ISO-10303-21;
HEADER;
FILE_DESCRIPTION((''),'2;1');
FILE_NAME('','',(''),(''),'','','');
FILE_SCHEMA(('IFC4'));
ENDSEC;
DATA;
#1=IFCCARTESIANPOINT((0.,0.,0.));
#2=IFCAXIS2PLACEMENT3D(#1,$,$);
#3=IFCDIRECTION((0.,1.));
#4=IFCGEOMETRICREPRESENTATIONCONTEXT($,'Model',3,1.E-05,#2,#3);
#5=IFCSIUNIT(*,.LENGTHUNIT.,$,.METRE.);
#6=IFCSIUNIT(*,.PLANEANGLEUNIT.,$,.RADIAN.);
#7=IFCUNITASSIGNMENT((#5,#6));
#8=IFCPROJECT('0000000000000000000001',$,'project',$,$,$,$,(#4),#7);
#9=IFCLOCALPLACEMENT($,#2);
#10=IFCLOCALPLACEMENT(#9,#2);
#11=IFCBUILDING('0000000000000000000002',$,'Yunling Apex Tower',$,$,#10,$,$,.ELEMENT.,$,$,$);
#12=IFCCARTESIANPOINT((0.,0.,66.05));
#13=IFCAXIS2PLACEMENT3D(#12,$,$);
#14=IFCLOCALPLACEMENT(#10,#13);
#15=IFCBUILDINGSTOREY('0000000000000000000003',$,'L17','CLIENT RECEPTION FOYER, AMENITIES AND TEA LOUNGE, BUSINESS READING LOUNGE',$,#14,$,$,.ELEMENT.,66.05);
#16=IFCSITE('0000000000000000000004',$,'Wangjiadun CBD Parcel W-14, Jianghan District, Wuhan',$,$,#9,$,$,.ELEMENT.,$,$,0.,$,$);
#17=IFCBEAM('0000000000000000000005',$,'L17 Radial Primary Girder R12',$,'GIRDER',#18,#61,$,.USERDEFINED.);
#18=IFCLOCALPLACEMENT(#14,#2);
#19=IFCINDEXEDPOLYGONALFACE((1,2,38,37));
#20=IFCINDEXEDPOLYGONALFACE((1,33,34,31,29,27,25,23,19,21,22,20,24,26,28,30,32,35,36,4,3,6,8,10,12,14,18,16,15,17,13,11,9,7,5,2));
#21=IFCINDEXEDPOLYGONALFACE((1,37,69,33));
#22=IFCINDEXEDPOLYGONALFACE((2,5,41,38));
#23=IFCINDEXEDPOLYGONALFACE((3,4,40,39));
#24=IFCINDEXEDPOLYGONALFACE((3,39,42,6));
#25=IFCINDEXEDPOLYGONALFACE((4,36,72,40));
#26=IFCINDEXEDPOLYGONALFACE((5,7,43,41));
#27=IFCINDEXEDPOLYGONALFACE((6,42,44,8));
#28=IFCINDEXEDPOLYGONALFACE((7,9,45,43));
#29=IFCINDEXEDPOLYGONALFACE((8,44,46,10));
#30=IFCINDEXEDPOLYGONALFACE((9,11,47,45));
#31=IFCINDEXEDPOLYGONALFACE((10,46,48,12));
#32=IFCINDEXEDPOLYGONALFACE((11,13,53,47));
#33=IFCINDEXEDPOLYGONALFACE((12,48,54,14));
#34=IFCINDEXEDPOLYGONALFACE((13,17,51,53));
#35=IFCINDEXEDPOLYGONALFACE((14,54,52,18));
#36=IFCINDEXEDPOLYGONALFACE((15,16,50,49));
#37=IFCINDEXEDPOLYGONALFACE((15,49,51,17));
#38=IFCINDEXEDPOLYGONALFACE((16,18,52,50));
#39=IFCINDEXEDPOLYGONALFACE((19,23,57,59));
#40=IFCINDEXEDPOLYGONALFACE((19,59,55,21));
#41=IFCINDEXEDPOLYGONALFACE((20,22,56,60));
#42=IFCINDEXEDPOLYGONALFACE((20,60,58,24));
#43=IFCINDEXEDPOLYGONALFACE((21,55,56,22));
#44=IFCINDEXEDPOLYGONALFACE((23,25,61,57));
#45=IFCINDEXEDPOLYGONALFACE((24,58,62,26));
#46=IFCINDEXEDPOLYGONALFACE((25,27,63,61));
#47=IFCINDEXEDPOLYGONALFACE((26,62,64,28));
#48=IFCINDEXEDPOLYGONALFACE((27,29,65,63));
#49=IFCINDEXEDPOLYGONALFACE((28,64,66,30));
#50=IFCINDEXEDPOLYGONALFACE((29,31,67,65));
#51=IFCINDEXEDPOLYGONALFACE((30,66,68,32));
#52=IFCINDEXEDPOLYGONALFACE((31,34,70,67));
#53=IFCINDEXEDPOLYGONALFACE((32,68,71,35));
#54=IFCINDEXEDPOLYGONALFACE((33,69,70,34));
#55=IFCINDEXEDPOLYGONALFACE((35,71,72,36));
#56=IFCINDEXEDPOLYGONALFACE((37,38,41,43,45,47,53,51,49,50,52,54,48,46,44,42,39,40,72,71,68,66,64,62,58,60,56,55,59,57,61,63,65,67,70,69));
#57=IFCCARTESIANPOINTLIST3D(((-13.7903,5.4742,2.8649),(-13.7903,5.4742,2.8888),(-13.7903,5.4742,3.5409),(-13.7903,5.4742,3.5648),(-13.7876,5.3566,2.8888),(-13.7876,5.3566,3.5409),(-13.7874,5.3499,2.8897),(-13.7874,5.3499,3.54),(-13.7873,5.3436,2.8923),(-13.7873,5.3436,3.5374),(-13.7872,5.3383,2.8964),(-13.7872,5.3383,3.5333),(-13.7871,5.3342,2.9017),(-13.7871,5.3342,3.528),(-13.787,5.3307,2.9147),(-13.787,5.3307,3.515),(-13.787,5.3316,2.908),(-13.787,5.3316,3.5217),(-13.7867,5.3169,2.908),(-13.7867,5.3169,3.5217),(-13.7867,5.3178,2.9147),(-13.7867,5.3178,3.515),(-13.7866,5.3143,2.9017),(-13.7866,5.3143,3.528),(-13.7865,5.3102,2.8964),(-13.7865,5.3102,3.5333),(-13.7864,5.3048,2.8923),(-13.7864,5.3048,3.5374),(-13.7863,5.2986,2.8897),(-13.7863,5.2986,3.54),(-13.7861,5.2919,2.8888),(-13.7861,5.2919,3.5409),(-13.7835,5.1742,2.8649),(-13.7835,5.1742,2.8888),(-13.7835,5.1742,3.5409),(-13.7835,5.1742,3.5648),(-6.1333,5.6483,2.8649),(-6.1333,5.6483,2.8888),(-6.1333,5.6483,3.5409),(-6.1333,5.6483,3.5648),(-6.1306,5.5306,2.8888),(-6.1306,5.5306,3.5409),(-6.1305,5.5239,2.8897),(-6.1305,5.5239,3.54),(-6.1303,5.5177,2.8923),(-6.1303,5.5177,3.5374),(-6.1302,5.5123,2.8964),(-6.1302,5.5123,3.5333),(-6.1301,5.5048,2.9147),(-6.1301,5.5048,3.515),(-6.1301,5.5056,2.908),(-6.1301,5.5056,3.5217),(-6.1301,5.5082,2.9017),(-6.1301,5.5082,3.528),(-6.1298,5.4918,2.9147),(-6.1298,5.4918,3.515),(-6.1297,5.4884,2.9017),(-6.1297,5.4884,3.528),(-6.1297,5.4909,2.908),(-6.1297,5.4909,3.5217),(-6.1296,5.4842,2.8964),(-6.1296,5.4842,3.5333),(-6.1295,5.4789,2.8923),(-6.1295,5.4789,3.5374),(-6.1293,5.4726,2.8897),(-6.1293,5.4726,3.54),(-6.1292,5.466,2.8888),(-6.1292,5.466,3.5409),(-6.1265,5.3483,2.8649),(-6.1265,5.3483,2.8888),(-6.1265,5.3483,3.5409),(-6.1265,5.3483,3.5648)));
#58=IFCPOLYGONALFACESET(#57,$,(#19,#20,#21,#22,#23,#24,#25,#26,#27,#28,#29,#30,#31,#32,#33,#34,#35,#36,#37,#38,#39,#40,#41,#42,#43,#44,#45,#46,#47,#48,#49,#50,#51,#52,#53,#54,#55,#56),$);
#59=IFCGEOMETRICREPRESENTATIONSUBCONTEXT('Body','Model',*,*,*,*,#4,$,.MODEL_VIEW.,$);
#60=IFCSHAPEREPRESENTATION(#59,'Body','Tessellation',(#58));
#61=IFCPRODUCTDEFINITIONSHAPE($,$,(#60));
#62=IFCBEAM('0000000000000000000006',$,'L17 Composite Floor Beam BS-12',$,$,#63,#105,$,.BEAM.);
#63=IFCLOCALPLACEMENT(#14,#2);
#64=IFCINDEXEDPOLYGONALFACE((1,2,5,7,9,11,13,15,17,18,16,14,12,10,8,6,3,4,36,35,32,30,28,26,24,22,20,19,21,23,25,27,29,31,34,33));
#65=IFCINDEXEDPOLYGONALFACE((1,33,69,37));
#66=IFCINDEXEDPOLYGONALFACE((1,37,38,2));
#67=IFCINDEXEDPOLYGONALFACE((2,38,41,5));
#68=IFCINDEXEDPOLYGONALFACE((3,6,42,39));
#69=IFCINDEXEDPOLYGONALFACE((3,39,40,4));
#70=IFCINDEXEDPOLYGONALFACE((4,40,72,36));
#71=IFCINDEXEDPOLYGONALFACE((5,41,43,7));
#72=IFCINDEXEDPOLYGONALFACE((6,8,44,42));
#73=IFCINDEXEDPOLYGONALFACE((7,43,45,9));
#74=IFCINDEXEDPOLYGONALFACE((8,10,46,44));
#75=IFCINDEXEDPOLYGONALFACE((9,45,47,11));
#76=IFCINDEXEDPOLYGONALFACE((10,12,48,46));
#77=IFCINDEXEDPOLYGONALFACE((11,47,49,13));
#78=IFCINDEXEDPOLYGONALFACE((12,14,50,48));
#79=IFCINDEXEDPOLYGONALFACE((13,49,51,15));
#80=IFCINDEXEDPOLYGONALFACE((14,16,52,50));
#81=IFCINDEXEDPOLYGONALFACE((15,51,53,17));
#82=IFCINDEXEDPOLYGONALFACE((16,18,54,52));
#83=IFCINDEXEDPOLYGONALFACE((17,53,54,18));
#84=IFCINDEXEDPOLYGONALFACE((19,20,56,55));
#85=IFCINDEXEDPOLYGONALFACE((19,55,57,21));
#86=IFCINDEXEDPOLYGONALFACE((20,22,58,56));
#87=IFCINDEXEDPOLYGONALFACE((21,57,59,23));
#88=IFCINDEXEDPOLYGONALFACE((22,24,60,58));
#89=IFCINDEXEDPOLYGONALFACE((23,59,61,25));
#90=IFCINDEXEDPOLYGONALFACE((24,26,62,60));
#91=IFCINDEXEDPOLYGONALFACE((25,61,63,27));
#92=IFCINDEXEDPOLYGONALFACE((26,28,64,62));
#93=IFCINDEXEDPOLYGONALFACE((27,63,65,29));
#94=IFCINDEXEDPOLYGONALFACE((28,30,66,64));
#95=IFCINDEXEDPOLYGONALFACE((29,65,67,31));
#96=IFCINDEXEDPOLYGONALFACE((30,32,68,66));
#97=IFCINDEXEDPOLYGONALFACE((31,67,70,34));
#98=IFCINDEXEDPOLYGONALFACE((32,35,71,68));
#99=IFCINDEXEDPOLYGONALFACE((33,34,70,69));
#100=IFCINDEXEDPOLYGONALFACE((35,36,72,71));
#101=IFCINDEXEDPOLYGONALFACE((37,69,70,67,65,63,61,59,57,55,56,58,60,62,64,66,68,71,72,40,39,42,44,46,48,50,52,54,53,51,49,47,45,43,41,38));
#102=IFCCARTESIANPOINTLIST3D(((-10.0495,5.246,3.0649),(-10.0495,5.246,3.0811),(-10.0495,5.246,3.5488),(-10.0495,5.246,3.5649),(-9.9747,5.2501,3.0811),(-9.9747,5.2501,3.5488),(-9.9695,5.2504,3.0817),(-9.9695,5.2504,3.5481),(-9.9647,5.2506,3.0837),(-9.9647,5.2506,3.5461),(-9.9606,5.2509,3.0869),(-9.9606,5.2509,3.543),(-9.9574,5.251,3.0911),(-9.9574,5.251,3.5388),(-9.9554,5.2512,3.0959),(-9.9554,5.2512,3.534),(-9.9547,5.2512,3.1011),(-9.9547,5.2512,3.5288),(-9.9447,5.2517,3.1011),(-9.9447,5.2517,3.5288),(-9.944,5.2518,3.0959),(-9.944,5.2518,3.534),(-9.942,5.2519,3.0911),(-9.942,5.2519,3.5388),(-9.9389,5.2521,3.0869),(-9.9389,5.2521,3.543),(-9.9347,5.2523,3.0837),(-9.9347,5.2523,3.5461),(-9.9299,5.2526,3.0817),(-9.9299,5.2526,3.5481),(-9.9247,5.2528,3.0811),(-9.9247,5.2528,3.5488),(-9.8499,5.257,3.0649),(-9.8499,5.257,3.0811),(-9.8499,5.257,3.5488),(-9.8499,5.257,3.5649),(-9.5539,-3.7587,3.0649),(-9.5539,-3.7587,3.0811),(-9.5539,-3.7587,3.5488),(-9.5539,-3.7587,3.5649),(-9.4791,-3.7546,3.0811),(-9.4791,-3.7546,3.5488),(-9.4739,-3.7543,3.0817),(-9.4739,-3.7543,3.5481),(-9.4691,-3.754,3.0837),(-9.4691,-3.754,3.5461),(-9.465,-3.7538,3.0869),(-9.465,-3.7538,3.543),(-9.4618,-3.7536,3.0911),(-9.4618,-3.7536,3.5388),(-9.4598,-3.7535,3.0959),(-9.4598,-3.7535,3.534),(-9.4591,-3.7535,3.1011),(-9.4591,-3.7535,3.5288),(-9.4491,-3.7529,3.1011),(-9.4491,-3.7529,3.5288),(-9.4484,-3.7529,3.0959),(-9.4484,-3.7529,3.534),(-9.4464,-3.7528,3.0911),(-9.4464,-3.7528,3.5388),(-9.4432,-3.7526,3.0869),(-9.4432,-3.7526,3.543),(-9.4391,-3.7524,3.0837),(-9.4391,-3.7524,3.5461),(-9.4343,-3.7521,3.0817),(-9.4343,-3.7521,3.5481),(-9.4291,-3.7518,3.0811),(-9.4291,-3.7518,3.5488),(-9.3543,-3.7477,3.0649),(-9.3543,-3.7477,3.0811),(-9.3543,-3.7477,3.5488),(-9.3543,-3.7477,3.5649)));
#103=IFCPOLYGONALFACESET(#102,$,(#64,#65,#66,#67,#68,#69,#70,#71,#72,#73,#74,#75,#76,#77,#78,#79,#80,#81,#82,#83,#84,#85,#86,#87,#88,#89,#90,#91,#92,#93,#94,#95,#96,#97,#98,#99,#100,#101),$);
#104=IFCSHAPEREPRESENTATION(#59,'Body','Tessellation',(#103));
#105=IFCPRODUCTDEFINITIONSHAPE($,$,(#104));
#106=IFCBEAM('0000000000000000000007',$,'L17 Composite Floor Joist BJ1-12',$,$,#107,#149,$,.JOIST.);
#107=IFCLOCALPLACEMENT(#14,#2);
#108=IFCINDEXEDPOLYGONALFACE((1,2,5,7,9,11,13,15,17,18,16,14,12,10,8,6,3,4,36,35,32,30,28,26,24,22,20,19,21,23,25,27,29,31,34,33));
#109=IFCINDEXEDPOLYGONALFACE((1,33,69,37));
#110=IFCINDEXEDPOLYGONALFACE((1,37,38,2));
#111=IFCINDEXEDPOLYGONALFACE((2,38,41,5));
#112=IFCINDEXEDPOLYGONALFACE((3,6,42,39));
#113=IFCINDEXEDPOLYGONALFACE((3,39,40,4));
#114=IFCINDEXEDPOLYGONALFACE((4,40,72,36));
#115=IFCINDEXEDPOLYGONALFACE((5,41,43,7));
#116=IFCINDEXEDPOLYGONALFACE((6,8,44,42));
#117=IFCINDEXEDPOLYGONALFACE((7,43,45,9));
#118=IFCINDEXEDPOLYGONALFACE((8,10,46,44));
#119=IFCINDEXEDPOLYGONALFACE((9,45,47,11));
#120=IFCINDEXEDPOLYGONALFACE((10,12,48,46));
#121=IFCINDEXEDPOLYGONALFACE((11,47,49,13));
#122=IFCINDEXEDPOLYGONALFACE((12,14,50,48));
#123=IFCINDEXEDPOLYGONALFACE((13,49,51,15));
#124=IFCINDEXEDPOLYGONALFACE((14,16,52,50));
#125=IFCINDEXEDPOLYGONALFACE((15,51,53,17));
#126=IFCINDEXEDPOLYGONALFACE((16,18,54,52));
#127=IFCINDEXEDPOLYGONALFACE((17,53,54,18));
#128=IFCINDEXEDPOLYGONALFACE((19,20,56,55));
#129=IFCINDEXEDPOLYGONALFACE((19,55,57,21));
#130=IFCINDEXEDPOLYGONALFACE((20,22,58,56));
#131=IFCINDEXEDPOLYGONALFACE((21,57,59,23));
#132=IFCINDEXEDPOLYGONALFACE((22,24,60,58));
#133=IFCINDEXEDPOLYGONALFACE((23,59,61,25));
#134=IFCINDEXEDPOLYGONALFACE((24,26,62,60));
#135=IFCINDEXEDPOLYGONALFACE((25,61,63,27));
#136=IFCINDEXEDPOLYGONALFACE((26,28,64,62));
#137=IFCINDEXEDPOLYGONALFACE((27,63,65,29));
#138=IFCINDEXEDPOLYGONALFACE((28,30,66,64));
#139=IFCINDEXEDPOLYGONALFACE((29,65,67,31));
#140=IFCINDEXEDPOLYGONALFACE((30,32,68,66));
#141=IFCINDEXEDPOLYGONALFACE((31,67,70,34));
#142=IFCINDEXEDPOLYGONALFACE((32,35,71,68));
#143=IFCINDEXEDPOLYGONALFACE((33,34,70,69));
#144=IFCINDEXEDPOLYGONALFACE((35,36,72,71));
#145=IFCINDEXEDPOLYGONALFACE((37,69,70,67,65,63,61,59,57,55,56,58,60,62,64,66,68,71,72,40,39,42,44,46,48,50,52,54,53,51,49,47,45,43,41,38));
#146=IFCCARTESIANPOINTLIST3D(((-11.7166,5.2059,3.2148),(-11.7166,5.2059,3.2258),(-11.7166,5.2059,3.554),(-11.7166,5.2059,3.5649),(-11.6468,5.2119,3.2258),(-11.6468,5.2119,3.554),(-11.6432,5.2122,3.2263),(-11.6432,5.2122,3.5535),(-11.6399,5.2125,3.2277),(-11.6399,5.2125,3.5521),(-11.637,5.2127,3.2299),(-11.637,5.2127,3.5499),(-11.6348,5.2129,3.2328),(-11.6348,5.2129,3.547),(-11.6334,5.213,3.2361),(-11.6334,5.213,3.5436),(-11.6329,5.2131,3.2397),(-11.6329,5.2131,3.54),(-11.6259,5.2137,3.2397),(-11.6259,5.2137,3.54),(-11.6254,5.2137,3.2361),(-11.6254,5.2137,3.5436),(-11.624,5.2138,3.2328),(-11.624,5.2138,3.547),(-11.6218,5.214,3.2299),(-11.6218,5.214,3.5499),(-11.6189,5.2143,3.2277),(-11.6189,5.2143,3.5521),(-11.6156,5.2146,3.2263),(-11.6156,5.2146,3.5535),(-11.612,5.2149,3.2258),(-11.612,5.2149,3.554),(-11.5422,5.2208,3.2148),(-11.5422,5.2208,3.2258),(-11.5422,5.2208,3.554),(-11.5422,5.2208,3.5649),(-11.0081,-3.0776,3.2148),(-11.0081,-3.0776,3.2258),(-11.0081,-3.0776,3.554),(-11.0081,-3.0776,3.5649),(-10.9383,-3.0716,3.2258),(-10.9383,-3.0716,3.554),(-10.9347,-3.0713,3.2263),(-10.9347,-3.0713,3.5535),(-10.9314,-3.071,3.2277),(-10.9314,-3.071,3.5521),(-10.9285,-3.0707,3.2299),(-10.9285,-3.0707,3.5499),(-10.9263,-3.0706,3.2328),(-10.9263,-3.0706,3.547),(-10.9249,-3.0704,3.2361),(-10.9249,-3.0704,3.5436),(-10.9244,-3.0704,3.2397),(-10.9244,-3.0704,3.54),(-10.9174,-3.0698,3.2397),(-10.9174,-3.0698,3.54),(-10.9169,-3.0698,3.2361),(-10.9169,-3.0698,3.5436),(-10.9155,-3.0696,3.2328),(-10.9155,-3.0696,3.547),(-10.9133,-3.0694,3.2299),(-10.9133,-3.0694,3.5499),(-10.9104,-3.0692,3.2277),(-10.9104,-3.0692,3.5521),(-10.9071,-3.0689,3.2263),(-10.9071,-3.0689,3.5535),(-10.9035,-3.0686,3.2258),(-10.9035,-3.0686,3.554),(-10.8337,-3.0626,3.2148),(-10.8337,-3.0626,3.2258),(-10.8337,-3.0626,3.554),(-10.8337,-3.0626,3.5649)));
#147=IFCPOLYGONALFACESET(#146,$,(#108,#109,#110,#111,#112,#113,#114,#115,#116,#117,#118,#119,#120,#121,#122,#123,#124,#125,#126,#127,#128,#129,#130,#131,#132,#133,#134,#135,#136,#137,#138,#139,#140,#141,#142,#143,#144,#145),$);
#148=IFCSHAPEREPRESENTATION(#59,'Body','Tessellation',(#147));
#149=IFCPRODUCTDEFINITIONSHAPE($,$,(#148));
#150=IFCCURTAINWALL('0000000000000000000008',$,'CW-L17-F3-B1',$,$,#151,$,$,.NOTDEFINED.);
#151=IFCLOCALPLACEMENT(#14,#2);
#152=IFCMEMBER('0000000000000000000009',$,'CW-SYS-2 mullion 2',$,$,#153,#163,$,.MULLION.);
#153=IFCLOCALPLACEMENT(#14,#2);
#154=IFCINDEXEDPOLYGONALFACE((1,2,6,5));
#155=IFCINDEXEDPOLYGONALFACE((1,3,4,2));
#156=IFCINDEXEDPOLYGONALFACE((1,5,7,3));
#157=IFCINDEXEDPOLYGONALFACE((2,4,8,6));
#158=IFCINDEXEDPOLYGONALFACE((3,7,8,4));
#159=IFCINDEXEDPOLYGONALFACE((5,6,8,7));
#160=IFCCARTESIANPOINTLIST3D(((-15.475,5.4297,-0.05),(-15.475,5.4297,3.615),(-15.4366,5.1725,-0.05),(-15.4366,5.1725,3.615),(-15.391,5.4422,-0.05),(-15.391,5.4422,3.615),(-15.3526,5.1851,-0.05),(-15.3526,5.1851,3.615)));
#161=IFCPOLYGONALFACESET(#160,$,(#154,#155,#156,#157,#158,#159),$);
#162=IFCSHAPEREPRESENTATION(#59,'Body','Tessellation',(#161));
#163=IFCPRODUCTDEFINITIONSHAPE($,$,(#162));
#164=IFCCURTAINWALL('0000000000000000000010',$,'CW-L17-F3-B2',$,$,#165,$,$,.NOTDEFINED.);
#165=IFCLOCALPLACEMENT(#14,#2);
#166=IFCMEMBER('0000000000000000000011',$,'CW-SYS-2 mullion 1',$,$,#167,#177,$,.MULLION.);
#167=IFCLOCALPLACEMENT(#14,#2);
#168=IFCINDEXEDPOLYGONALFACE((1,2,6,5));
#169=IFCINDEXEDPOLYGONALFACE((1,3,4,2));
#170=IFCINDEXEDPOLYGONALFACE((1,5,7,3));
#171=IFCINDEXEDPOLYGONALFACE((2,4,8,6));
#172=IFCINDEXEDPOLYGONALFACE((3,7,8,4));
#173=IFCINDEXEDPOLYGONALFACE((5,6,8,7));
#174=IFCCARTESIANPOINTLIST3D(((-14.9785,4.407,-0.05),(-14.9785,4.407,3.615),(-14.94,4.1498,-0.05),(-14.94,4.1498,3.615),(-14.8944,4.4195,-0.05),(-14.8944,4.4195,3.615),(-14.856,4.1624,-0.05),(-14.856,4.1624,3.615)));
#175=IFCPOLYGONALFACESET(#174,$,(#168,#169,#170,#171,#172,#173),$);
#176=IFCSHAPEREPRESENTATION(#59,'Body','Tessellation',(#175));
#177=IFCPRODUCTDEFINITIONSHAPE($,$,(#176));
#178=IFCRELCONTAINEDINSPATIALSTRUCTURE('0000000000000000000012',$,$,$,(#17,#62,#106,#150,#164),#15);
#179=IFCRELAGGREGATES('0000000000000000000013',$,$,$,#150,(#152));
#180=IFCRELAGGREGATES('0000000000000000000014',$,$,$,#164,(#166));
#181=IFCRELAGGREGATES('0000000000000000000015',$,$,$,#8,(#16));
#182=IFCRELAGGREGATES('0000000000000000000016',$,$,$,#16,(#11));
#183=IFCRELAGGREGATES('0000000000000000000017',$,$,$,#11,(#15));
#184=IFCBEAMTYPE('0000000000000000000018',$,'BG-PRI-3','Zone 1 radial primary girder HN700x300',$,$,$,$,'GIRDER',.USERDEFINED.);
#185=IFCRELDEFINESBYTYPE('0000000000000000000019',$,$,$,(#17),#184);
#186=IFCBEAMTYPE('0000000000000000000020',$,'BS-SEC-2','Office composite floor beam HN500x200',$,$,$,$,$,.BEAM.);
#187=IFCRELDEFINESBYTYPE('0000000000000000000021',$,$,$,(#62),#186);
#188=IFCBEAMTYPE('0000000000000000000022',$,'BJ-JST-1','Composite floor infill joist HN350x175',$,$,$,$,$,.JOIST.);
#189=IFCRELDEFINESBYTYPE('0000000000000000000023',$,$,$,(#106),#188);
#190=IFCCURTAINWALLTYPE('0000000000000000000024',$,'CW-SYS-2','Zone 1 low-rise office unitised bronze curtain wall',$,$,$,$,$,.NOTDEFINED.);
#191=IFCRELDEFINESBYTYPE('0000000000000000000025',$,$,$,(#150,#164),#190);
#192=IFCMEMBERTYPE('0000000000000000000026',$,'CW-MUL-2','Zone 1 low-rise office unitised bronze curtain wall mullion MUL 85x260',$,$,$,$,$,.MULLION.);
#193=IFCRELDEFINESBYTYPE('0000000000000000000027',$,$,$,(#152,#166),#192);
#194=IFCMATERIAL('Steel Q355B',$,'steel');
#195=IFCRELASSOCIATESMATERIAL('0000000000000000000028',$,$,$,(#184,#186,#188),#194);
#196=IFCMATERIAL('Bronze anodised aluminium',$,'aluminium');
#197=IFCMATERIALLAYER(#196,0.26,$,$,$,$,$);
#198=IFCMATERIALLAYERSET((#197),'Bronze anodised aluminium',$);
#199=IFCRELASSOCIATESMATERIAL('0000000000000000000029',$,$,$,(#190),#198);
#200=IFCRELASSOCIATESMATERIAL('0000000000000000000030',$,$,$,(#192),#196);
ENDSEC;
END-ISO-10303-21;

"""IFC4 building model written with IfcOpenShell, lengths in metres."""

from ifc_helpers import new_model, si_unit, direction, frame, origin, origin_2d, place, context, subcontext, project, spatial, rectangle, i_section, extrude, source, transform, mapped, material, layer, layer_set, material_profile, profile_set, type_object, element, aggregate, save


model = new_model("IFC4")

# Units and contexts
model_context = context("Model", 3, precision=1e-05, world=origin(), true_north=direction((0.0, 1.0)))
body_context = subcontext(model_context, "Body", "Model", "MODEL_VIEW")
ifc_project = project(units=[si_unit("LENGTHUNIT", "METRE"), si_unit("PLANEANGLEUNIT", "RADIAN")], contexts=[model_context])

# Site, building, storey
site_placement = place(None, origin())
site = spatial("IfcSite", under=ifc_project, at=site_placement, Name="Wangjiadun CBD Parcel W-14, Jianghan District, Wuhan", CompositionType="ELEMENT", RefElevation=0.0)
building_placement = place(site_placement, origin())
building = spatial("IfcBuilding", under=site, at=building_placement, Name="Yunling Apex Tower", CompositionType="ELEMENT")
storey_placement = place(building_placement, frame((0.0, 0.0, 66.05)))
storey = spatial("IfcBuildingStorey", under=building, at=storey_placement, Name="L17", Description="CLIENT RECEPTION FOYER, AMENITIES AND TEA LOUNGE, BUSINESS READING LOUNGE", CompositionType="ELEMENT", Elevation=66.05)

# Beams
ifc_material_1 = material(Name="Steel Q355B", Category="steel")
ifc_material_profile_1 = material_profile(ifc_material_1, i_section(OverallWidth=0.3, OverallDepth=0.7, WebThickness=0.0129, FlangeThickness=0.0239, FilletRadius=0.0259, at=origin_2d()))
ifc_profile_set_1 = profile_set([ifc_material_profile_1], Name="Steel Q355B")
beam_type_1 = type_object("IfcBeamType", Name="BG-PRI-3", Description="Zone 1 radial primary girder HN700x300", ElementType="GIRDER", PredefinedType="USERDEFINED", material=ifc_profile_set_1)
shared_shape_1 = source(origin(), body_context, "Body", "SweptSolid", [
    extrude(i_section(OverallWidth=0.3, OverallDepth=0.7, WebThickness=0.0129, FlangeThickness=0.0239, FilletRadius=0.0259, at=origin_2d()), origin(), (0.0, 0.0, 1.0), 7.6589),
])
beam_1_placement = place(storey_placement, frame((-13.7869, 5.3242, 3.2148), z_axis=(0.999742, 0.022728, 0.0), x_axis=(-0.022728, 0.999742, 0.0)))
element("IfcBeam", 1, at=beam_1_placement, inside=storey, type_object=beam_type_1, Name="L17 Radial Primary Girder R12", ObjectType="GIRDER", PredefinedType="USERDEFINED", context=body_context, shape_type="MappedRepresentation", body=[
    mapped(shared_shape_1, transform((0.0, 0.0, 0.0), scale=1.0)),
])
ifc_material_profile_2 = material_profile(ifc_material_1, i_section(OverallWidth=0.2, OverallDepth=0.5, WebThickness=0.01, FlangeThickness=0.0161, FilletRadius=0.02, at=origin_2d()))
ifc_profile_set_2 = profile_set([ifc_material_profile_2], Name="Steel Q355B")
beam_type_2 = type_object("IfcBeamType", Name="BS-SEC-2", Description="Office composite floor beam HN500x200", PredefinedType="BEAM", material=ifc_profile_set_2)
shared_shape_2 = source(origin(), body_context, "Body", "SweptSolid", [
    extrude(i_section(OverallWidth=0.2, OverallDepth=0.5, WebThickness=0.01, FlangeThickness=0.0161, FilletRadius=0.02, at=origin_2d()), origin(), (0.0, 0.0, 1.0), 9.0183),
])
beam_2_placement = place(storey_placement, frame((-9.9497, 5.2515, 3.3149), z_axis=(0.054956, -0.998489, 0.0), x_axis=(0.998489, 0.054956, 0.0)))
element("IfcBeam", 2, at=beam_2_placement, inside=storey, type_object=beam_type_2, Name="L17 Composite Floor Beam BS-12", PredefinedType="BEAM", context=body_context, shape_type="MappedRepresentation", body=[
    mapped(shared_shape_2, transform((0.0, 0.0, 0.0), scale=1.0)),
])
ifc_material_profile_3 = material_profile(ifc_material_1, i_section(OverallWidth=0.175, OverallDepth=0.3501, WebThickness=0.0071, FlangeThickness=0.011, FilletRadius=0.0139, at=origin_2d()))
ifc_profile_set_3 = profile_set([ifc_material_profile_3], Name="Steel Q355B")
beam_type_3 = type_object("IfcBeamType", Name="BJ-JST-1", Description="Composite floor infill joist HN350x175", PredefinedType="JOIST", material=ifc_profile_set_3)
shared_shape_3 = source(origin(), body_context, "Body", "SweptSolid", [
    extrude(i_section(OverallWidth=0.175, OverallDepth=0.3501, WebThickness=0.0071, FlangeThickness=0.011, FilletRadius=0.0139, at=origin_2d()), origin(), (0.0, 0.0, 1.0), 8.3137),
])
beam_3_placement = place(storey_placement, frame((-11.6294, 5.2134, 3.3899), z_axis=(0.08522, -0.996362, 0.0), x_axis=(0.996362, 0.08522, 0.0)))
element("IfcBeam", 3, at=beam_3_placement, inside=storey, type_object=beam_type_3, Name="L17 Composite Floor Joist BJ1-12", PredefinedType="JOIST", context=body_context, shape_type="MappedRepresentation", body=[
    mapped(shared_shape_3, transform((0.0, 0.0, 0.0), scale=1.0)),
])

# Curtain wall, member
ifc_material_2 = material(Name="Bronze anodised aluminium", Category="aluminium")
ifc_layer_1 = layer(ifc_material_2, 0.26)
ifc_layer_set_1 = layer_set([ifc_layer_1], Name="Bronze anodised aluminium")
curtain_wall_type = type_object("IfcCurtainWallType", Name="CW-SYS-2", Description="Zone 1 low-rise office unitised bronze curtain wall", PredefinedType="NOTDEFINED", material=ifc_layer_set_1)
curtain_wall_1_placement = place(storey_placement, origin())
curtain_wall_1 = element("IfcCurtainWall", 4, at=curtain_wall_1_placement, inside=storey, type_object=curtain_wall_type, Name="CW-L17-F3-B1", PredefinedType="NOTDEFINED")
ifc_material_profile_4 = material_profile(ifc_material_2, rectangle(XDim=0.085, YDim=0.26, at=origin_2d()))
ifc_profile_set_4 = profile_set([ifc_material_profile_4], Name="Bronze anodised aluminium")
member_type_1 = type_object("IfcMemberType", Name="CW-MUL-2", Description="Zone 1 low-rise office unitised bronze curtain wall mullion MUL 85x260", PredefinedType="MULLION", material=ifc_profile_set_4)
shared_shape_4 = source(origin(), body_context, "Body", "SweptSolid", [
    extrude(rectangle(XDim=0.085, YDim=0.26, at=origin_2d()), origin(), (0.0, 0.0, 1.0), 3.665),
])
member_1_placement = place(storey_placement, frame((-15.4138, 5.3074, -0.05), z_axis=(0.0, 0.0, 1.0), x_axis=(0.989017, 0.147799, 0.0)))
member_1 = element("IfcMember", 5, at=member_1_placement, type_object=member_type_1, Name="CW-SYS-2 mullion 2", PredefinedType="MULLION", context=body_context, shape_type="MappedRepresentation", body=[
    mapped(shared_shape_4, transform((0.0, 0.0, 0.0), scale=1.0)),
])
aggregate(curtain_wall_1, [member_1])

# Curtain wall, member
curtain_wall_2_placement = place(storey_placement, origin())
curtain_wall_2 = element("IfcCurtainWall", 6, at=curtain_wall_2_placement, inside=storey, type_object=curtain_wall_type, Name="CW-L17-F3-B2", PredefinedType="NOTDEFINED")
member_2_placement = place(storey_placement, frame((-14.9172, 4.2847, -0.05), z_axis=(0.0, 0.0, 1.0), x_axis=(0.989017, 0.147801, 0.0)))
member_2 = element("IfcMember", 7, at=member_2_placement, type_object=member_type_1, Name="CW-SYS-2 mullion 1", PredefinedType="MULLION", context=body_context, shape_type="MappedRepresentation", body=[
    mapped(shared_shape_4, transform((0.0, 0.0, 0.0), scale=1.0)),
])

aggregate(curtain_wall_2, [member_2])

save(model, "model.ifc")
